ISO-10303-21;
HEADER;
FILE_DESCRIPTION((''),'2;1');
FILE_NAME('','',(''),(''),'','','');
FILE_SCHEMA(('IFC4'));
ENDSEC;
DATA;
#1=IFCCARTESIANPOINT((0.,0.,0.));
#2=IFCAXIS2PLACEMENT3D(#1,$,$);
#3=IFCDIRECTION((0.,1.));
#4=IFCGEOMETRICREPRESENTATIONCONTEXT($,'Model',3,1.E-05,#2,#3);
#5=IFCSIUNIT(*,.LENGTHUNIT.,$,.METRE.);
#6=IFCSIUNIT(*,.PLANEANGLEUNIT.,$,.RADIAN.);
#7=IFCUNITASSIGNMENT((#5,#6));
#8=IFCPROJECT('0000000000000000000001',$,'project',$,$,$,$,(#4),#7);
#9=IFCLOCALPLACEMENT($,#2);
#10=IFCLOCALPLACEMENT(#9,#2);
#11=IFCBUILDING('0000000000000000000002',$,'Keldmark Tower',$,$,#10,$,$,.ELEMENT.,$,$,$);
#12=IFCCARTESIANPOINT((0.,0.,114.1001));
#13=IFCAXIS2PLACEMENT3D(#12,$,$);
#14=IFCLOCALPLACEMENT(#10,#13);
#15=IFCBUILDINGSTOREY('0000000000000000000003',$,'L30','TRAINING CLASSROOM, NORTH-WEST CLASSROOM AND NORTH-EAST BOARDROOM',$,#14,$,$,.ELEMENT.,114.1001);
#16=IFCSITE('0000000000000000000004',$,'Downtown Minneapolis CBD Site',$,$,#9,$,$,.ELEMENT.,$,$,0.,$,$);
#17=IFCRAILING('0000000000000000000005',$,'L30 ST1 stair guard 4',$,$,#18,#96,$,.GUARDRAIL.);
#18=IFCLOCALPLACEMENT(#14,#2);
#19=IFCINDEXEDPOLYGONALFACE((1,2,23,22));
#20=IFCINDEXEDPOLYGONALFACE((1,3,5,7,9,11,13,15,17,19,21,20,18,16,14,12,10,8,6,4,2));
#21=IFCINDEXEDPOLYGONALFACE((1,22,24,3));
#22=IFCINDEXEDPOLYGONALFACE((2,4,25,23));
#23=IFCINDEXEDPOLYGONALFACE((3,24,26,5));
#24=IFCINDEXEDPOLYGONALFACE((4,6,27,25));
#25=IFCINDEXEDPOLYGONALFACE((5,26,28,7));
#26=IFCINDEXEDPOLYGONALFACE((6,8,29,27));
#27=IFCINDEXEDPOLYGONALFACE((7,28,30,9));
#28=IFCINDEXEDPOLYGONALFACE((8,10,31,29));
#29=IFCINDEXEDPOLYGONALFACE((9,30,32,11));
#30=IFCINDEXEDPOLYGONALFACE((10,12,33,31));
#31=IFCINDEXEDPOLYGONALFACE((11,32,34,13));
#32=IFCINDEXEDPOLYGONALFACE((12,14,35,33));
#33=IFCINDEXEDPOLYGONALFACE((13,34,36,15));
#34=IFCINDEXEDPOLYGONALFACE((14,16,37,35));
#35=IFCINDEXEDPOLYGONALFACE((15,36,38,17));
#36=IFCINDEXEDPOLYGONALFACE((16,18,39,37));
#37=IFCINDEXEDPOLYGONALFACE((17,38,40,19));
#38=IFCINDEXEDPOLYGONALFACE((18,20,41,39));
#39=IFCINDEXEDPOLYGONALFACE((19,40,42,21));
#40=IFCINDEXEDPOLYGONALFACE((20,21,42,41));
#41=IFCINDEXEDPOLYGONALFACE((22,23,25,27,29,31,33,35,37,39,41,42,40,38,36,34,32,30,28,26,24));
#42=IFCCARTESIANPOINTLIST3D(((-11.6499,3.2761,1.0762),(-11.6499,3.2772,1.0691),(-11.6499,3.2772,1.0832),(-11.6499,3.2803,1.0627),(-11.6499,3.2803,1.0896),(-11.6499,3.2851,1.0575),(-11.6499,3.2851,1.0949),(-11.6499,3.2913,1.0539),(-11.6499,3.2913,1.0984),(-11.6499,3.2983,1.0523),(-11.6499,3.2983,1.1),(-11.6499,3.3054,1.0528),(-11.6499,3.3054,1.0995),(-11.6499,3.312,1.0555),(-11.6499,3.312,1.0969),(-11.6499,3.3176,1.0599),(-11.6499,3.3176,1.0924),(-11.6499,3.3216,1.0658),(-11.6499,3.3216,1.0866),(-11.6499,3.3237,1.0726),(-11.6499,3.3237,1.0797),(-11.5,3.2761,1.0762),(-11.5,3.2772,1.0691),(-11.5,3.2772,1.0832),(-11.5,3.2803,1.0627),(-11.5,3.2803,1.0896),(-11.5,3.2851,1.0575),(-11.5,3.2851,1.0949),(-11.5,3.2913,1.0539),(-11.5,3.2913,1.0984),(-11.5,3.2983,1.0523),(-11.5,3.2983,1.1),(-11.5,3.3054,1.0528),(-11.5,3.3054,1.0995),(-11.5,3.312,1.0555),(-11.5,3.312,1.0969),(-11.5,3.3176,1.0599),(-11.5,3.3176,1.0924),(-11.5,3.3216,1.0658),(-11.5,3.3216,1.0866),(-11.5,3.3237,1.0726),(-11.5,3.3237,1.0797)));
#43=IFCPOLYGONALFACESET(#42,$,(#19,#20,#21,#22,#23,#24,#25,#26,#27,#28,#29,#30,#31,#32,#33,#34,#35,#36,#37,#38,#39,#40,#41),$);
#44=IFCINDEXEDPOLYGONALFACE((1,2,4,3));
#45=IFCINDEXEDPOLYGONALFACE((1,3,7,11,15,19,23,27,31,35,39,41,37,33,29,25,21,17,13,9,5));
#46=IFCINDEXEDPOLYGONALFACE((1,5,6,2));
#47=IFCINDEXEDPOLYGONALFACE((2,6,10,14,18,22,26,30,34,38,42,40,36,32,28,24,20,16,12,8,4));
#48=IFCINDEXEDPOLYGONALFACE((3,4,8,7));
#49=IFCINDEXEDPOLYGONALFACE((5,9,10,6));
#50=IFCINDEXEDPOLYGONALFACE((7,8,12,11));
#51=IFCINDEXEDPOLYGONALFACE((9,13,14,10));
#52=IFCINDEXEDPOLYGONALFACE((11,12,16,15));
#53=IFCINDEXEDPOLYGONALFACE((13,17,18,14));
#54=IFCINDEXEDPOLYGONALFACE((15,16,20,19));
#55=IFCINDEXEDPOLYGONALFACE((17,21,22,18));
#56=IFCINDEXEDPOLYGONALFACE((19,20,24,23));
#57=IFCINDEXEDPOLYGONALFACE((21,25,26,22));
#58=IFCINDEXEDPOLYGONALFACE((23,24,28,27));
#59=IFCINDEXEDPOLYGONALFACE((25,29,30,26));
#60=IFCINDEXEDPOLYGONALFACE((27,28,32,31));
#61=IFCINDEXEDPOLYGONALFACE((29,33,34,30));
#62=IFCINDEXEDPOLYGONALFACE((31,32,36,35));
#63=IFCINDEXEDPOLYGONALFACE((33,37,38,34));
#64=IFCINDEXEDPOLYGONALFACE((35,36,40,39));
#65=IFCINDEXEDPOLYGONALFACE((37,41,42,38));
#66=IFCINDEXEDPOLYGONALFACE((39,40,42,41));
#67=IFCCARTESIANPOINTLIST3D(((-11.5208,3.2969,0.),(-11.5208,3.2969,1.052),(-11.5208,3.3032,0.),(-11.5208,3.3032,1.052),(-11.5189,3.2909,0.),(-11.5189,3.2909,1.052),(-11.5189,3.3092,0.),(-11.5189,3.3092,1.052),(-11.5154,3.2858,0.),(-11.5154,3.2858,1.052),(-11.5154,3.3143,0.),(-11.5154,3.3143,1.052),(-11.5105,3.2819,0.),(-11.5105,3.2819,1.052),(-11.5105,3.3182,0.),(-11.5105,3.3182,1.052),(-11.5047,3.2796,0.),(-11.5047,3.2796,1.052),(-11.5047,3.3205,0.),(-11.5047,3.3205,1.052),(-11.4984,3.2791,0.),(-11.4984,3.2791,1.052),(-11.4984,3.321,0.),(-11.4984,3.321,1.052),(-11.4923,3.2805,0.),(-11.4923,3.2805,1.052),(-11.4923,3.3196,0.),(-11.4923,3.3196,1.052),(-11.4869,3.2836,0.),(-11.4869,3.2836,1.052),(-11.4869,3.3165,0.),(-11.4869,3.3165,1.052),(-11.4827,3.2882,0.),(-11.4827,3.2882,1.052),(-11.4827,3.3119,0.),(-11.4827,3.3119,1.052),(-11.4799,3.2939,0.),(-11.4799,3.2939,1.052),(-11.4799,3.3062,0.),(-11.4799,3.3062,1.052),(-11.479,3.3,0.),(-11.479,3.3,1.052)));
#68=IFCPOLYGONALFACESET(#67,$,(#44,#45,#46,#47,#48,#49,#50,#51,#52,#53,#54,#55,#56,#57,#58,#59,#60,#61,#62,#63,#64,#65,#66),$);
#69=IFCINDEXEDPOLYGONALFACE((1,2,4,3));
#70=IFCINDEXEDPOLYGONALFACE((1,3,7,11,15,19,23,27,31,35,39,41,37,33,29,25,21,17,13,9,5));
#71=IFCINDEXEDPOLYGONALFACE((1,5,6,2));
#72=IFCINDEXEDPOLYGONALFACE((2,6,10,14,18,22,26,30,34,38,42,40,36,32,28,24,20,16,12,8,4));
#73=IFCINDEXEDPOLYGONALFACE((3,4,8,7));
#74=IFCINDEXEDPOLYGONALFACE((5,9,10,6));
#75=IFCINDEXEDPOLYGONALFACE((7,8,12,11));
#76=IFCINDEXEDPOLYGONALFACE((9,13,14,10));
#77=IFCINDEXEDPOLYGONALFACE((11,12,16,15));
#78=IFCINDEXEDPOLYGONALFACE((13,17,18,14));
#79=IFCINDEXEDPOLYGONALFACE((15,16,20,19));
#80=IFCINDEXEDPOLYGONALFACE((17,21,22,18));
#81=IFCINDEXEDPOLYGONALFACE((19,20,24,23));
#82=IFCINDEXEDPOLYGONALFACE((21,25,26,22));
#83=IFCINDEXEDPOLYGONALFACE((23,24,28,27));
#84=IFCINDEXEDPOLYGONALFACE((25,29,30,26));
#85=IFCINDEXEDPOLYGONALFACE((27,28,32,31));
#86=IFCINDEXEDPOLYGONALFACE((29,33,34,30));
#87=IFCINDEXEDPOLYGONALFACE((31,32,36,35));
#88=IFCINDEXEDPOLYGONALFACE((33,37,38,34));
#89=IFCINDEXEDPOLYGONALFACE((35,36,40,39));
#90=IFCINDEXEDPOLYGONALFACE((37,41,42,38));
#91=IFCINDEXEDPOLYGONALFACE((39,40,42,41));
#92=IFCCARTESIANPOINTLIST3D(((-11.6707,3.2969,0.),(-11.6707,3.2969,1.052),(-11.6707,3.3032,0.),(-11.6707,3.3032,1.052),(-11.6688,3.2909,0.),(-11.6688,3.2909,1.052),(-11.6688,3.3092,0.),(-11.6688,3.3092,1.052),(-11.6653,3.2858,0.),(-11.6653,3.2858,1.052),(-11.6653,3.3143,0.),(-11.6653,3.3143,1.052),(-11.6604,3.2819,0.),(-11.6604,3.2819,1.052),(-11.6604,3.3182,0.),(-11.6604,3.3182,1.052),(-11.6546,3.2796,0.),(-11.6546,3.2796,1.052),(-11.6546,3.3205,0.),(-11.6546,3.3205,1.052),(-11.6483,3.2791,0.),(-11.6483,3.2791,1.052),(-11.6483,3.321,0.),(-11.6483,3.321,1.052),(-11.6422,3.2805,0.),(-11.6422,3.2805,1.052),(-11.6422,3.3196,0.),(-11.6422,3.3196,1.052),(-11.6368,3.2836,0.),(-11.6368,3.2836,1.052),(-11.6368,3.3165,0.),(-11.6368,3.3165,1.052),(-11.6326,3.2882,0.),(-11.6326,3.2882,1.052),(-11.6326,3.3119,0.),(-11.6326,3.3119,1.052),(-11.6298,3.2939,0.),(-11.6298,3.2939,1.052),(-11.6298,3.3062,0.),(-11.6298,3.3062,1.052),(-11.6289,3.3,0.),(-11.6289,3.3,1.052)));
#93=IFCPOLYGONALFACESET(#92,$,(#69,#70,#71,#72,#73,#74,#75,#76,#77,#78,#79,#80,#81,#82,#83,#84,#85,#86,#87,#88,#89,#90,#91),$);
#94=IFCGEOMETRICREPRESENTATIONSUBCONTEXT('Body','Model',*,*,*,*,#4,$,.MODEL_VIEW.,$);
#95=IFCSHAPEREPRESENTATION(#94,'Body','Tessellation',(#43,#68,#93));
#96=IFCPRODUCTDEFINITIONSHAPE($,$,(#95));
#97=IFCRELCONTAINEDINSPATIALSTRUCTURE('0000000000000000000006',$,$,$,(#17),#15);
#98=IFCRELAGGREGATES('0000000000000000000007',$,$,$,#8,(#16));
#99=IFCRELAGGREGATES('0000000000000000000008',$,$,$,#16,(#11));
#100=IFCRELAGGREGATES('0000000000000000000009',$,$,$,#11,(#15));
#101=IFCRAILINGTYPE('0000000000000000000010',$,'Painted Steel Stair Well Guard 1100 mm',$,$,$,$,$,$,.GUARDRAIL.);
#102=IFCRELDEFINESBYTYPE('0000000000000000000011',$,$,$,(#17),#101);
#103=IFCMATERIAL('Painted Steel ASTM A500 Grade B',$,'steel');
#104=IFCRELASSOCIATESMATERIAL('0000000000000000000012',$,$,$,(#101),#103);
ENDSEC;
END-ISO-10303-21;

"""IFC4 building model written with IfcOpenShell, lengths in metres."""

from ifc_helpers import new_model, si_unit, direction, frame, origin, origin_2d, place, context, subcontext, project, spatial, circle, extrude, material, type_object, element, save


model = new_model("IFC4")

# Units and contexts
model_context = context("Model", 3, precision=1e-05, world=origin(), true_north=direction((0.0, 1.0)))
body_context = subcontext(model_context, "Body", "Model", "MODEL_VIEW")
ifc_project = project(units=[si_unit("LENGTHUNIT", "METRE"), si_unit("PLANEANGLEUNIT", "RADIAN")], contexts=[model_context])

# Site, building, storey
site_placement = place(None, origin())
site = spatial("IfcSite", under=ifc_project, at=site_placement, Name="Downtown Minneapolis CBD Site", CompositionType="ELEMENT", RefElevation=0.0)
building_placement = place(site_placement, origin())
building = spatial("IfcBuilding", under=site, at=building_placement, Name="Keldmark Tower", CompositionType="ELEMENT")
storey_placement = place(building_placement, frame((0.0, 0.0, 114.1001)))
storey = spatial("IfcBuildingStorey", under=building, at=storey_placement, Name="L30", Description="TRAINING CLASSROOM, NORTH-WEST CLASSROOM AND NORTH-EAST BOARDROOM", CompositionType="ELEMENT", Elevation=114.1001)

# Railing
ifc_material_1 = material(Name="Painted Steel ASTM A500 Grade B", Category="steel")
railing_type_1 = type_object("IfcRailingType", Name="Painted Steel Stair Well Guard 1100 mm", PredefinedType="GUARDRAIL", material=ifc_material_1)
railing_1_placement = place(storey_placement, frame((-11.5, 3.3, 0.0)))
element("IfcRailing", 1, at=railing_1_placement, inside=storey, type_object=railing_type_1, Name="L30 ST1 stair guard 4", PredefinedType="GUARDRAIL", context=body_context, shape_type="SweptSolid", body=[
    extrude(circle(Radius=0.0239, at=origin_2d()), frame((0.0, 0.0, 1.0762), z_axis=(-1.0, 0.0, 0.0), x_axis=(0.0, -1.0, 0.0)), (0.0, 0.0, 1.0), 0.1499),
    extrude(circle(Radius=0.021, at=origin_2d()), origin(), (0.0, 0.0, 1.0), 1.052),
    extrude(circle(Radius=0.021, at=origin_2d()), frame((-0.1499, 0.0, 0.0)), (0.0, 0.0, 1.0), 1.052),
])

save(model, "model.ifc")
